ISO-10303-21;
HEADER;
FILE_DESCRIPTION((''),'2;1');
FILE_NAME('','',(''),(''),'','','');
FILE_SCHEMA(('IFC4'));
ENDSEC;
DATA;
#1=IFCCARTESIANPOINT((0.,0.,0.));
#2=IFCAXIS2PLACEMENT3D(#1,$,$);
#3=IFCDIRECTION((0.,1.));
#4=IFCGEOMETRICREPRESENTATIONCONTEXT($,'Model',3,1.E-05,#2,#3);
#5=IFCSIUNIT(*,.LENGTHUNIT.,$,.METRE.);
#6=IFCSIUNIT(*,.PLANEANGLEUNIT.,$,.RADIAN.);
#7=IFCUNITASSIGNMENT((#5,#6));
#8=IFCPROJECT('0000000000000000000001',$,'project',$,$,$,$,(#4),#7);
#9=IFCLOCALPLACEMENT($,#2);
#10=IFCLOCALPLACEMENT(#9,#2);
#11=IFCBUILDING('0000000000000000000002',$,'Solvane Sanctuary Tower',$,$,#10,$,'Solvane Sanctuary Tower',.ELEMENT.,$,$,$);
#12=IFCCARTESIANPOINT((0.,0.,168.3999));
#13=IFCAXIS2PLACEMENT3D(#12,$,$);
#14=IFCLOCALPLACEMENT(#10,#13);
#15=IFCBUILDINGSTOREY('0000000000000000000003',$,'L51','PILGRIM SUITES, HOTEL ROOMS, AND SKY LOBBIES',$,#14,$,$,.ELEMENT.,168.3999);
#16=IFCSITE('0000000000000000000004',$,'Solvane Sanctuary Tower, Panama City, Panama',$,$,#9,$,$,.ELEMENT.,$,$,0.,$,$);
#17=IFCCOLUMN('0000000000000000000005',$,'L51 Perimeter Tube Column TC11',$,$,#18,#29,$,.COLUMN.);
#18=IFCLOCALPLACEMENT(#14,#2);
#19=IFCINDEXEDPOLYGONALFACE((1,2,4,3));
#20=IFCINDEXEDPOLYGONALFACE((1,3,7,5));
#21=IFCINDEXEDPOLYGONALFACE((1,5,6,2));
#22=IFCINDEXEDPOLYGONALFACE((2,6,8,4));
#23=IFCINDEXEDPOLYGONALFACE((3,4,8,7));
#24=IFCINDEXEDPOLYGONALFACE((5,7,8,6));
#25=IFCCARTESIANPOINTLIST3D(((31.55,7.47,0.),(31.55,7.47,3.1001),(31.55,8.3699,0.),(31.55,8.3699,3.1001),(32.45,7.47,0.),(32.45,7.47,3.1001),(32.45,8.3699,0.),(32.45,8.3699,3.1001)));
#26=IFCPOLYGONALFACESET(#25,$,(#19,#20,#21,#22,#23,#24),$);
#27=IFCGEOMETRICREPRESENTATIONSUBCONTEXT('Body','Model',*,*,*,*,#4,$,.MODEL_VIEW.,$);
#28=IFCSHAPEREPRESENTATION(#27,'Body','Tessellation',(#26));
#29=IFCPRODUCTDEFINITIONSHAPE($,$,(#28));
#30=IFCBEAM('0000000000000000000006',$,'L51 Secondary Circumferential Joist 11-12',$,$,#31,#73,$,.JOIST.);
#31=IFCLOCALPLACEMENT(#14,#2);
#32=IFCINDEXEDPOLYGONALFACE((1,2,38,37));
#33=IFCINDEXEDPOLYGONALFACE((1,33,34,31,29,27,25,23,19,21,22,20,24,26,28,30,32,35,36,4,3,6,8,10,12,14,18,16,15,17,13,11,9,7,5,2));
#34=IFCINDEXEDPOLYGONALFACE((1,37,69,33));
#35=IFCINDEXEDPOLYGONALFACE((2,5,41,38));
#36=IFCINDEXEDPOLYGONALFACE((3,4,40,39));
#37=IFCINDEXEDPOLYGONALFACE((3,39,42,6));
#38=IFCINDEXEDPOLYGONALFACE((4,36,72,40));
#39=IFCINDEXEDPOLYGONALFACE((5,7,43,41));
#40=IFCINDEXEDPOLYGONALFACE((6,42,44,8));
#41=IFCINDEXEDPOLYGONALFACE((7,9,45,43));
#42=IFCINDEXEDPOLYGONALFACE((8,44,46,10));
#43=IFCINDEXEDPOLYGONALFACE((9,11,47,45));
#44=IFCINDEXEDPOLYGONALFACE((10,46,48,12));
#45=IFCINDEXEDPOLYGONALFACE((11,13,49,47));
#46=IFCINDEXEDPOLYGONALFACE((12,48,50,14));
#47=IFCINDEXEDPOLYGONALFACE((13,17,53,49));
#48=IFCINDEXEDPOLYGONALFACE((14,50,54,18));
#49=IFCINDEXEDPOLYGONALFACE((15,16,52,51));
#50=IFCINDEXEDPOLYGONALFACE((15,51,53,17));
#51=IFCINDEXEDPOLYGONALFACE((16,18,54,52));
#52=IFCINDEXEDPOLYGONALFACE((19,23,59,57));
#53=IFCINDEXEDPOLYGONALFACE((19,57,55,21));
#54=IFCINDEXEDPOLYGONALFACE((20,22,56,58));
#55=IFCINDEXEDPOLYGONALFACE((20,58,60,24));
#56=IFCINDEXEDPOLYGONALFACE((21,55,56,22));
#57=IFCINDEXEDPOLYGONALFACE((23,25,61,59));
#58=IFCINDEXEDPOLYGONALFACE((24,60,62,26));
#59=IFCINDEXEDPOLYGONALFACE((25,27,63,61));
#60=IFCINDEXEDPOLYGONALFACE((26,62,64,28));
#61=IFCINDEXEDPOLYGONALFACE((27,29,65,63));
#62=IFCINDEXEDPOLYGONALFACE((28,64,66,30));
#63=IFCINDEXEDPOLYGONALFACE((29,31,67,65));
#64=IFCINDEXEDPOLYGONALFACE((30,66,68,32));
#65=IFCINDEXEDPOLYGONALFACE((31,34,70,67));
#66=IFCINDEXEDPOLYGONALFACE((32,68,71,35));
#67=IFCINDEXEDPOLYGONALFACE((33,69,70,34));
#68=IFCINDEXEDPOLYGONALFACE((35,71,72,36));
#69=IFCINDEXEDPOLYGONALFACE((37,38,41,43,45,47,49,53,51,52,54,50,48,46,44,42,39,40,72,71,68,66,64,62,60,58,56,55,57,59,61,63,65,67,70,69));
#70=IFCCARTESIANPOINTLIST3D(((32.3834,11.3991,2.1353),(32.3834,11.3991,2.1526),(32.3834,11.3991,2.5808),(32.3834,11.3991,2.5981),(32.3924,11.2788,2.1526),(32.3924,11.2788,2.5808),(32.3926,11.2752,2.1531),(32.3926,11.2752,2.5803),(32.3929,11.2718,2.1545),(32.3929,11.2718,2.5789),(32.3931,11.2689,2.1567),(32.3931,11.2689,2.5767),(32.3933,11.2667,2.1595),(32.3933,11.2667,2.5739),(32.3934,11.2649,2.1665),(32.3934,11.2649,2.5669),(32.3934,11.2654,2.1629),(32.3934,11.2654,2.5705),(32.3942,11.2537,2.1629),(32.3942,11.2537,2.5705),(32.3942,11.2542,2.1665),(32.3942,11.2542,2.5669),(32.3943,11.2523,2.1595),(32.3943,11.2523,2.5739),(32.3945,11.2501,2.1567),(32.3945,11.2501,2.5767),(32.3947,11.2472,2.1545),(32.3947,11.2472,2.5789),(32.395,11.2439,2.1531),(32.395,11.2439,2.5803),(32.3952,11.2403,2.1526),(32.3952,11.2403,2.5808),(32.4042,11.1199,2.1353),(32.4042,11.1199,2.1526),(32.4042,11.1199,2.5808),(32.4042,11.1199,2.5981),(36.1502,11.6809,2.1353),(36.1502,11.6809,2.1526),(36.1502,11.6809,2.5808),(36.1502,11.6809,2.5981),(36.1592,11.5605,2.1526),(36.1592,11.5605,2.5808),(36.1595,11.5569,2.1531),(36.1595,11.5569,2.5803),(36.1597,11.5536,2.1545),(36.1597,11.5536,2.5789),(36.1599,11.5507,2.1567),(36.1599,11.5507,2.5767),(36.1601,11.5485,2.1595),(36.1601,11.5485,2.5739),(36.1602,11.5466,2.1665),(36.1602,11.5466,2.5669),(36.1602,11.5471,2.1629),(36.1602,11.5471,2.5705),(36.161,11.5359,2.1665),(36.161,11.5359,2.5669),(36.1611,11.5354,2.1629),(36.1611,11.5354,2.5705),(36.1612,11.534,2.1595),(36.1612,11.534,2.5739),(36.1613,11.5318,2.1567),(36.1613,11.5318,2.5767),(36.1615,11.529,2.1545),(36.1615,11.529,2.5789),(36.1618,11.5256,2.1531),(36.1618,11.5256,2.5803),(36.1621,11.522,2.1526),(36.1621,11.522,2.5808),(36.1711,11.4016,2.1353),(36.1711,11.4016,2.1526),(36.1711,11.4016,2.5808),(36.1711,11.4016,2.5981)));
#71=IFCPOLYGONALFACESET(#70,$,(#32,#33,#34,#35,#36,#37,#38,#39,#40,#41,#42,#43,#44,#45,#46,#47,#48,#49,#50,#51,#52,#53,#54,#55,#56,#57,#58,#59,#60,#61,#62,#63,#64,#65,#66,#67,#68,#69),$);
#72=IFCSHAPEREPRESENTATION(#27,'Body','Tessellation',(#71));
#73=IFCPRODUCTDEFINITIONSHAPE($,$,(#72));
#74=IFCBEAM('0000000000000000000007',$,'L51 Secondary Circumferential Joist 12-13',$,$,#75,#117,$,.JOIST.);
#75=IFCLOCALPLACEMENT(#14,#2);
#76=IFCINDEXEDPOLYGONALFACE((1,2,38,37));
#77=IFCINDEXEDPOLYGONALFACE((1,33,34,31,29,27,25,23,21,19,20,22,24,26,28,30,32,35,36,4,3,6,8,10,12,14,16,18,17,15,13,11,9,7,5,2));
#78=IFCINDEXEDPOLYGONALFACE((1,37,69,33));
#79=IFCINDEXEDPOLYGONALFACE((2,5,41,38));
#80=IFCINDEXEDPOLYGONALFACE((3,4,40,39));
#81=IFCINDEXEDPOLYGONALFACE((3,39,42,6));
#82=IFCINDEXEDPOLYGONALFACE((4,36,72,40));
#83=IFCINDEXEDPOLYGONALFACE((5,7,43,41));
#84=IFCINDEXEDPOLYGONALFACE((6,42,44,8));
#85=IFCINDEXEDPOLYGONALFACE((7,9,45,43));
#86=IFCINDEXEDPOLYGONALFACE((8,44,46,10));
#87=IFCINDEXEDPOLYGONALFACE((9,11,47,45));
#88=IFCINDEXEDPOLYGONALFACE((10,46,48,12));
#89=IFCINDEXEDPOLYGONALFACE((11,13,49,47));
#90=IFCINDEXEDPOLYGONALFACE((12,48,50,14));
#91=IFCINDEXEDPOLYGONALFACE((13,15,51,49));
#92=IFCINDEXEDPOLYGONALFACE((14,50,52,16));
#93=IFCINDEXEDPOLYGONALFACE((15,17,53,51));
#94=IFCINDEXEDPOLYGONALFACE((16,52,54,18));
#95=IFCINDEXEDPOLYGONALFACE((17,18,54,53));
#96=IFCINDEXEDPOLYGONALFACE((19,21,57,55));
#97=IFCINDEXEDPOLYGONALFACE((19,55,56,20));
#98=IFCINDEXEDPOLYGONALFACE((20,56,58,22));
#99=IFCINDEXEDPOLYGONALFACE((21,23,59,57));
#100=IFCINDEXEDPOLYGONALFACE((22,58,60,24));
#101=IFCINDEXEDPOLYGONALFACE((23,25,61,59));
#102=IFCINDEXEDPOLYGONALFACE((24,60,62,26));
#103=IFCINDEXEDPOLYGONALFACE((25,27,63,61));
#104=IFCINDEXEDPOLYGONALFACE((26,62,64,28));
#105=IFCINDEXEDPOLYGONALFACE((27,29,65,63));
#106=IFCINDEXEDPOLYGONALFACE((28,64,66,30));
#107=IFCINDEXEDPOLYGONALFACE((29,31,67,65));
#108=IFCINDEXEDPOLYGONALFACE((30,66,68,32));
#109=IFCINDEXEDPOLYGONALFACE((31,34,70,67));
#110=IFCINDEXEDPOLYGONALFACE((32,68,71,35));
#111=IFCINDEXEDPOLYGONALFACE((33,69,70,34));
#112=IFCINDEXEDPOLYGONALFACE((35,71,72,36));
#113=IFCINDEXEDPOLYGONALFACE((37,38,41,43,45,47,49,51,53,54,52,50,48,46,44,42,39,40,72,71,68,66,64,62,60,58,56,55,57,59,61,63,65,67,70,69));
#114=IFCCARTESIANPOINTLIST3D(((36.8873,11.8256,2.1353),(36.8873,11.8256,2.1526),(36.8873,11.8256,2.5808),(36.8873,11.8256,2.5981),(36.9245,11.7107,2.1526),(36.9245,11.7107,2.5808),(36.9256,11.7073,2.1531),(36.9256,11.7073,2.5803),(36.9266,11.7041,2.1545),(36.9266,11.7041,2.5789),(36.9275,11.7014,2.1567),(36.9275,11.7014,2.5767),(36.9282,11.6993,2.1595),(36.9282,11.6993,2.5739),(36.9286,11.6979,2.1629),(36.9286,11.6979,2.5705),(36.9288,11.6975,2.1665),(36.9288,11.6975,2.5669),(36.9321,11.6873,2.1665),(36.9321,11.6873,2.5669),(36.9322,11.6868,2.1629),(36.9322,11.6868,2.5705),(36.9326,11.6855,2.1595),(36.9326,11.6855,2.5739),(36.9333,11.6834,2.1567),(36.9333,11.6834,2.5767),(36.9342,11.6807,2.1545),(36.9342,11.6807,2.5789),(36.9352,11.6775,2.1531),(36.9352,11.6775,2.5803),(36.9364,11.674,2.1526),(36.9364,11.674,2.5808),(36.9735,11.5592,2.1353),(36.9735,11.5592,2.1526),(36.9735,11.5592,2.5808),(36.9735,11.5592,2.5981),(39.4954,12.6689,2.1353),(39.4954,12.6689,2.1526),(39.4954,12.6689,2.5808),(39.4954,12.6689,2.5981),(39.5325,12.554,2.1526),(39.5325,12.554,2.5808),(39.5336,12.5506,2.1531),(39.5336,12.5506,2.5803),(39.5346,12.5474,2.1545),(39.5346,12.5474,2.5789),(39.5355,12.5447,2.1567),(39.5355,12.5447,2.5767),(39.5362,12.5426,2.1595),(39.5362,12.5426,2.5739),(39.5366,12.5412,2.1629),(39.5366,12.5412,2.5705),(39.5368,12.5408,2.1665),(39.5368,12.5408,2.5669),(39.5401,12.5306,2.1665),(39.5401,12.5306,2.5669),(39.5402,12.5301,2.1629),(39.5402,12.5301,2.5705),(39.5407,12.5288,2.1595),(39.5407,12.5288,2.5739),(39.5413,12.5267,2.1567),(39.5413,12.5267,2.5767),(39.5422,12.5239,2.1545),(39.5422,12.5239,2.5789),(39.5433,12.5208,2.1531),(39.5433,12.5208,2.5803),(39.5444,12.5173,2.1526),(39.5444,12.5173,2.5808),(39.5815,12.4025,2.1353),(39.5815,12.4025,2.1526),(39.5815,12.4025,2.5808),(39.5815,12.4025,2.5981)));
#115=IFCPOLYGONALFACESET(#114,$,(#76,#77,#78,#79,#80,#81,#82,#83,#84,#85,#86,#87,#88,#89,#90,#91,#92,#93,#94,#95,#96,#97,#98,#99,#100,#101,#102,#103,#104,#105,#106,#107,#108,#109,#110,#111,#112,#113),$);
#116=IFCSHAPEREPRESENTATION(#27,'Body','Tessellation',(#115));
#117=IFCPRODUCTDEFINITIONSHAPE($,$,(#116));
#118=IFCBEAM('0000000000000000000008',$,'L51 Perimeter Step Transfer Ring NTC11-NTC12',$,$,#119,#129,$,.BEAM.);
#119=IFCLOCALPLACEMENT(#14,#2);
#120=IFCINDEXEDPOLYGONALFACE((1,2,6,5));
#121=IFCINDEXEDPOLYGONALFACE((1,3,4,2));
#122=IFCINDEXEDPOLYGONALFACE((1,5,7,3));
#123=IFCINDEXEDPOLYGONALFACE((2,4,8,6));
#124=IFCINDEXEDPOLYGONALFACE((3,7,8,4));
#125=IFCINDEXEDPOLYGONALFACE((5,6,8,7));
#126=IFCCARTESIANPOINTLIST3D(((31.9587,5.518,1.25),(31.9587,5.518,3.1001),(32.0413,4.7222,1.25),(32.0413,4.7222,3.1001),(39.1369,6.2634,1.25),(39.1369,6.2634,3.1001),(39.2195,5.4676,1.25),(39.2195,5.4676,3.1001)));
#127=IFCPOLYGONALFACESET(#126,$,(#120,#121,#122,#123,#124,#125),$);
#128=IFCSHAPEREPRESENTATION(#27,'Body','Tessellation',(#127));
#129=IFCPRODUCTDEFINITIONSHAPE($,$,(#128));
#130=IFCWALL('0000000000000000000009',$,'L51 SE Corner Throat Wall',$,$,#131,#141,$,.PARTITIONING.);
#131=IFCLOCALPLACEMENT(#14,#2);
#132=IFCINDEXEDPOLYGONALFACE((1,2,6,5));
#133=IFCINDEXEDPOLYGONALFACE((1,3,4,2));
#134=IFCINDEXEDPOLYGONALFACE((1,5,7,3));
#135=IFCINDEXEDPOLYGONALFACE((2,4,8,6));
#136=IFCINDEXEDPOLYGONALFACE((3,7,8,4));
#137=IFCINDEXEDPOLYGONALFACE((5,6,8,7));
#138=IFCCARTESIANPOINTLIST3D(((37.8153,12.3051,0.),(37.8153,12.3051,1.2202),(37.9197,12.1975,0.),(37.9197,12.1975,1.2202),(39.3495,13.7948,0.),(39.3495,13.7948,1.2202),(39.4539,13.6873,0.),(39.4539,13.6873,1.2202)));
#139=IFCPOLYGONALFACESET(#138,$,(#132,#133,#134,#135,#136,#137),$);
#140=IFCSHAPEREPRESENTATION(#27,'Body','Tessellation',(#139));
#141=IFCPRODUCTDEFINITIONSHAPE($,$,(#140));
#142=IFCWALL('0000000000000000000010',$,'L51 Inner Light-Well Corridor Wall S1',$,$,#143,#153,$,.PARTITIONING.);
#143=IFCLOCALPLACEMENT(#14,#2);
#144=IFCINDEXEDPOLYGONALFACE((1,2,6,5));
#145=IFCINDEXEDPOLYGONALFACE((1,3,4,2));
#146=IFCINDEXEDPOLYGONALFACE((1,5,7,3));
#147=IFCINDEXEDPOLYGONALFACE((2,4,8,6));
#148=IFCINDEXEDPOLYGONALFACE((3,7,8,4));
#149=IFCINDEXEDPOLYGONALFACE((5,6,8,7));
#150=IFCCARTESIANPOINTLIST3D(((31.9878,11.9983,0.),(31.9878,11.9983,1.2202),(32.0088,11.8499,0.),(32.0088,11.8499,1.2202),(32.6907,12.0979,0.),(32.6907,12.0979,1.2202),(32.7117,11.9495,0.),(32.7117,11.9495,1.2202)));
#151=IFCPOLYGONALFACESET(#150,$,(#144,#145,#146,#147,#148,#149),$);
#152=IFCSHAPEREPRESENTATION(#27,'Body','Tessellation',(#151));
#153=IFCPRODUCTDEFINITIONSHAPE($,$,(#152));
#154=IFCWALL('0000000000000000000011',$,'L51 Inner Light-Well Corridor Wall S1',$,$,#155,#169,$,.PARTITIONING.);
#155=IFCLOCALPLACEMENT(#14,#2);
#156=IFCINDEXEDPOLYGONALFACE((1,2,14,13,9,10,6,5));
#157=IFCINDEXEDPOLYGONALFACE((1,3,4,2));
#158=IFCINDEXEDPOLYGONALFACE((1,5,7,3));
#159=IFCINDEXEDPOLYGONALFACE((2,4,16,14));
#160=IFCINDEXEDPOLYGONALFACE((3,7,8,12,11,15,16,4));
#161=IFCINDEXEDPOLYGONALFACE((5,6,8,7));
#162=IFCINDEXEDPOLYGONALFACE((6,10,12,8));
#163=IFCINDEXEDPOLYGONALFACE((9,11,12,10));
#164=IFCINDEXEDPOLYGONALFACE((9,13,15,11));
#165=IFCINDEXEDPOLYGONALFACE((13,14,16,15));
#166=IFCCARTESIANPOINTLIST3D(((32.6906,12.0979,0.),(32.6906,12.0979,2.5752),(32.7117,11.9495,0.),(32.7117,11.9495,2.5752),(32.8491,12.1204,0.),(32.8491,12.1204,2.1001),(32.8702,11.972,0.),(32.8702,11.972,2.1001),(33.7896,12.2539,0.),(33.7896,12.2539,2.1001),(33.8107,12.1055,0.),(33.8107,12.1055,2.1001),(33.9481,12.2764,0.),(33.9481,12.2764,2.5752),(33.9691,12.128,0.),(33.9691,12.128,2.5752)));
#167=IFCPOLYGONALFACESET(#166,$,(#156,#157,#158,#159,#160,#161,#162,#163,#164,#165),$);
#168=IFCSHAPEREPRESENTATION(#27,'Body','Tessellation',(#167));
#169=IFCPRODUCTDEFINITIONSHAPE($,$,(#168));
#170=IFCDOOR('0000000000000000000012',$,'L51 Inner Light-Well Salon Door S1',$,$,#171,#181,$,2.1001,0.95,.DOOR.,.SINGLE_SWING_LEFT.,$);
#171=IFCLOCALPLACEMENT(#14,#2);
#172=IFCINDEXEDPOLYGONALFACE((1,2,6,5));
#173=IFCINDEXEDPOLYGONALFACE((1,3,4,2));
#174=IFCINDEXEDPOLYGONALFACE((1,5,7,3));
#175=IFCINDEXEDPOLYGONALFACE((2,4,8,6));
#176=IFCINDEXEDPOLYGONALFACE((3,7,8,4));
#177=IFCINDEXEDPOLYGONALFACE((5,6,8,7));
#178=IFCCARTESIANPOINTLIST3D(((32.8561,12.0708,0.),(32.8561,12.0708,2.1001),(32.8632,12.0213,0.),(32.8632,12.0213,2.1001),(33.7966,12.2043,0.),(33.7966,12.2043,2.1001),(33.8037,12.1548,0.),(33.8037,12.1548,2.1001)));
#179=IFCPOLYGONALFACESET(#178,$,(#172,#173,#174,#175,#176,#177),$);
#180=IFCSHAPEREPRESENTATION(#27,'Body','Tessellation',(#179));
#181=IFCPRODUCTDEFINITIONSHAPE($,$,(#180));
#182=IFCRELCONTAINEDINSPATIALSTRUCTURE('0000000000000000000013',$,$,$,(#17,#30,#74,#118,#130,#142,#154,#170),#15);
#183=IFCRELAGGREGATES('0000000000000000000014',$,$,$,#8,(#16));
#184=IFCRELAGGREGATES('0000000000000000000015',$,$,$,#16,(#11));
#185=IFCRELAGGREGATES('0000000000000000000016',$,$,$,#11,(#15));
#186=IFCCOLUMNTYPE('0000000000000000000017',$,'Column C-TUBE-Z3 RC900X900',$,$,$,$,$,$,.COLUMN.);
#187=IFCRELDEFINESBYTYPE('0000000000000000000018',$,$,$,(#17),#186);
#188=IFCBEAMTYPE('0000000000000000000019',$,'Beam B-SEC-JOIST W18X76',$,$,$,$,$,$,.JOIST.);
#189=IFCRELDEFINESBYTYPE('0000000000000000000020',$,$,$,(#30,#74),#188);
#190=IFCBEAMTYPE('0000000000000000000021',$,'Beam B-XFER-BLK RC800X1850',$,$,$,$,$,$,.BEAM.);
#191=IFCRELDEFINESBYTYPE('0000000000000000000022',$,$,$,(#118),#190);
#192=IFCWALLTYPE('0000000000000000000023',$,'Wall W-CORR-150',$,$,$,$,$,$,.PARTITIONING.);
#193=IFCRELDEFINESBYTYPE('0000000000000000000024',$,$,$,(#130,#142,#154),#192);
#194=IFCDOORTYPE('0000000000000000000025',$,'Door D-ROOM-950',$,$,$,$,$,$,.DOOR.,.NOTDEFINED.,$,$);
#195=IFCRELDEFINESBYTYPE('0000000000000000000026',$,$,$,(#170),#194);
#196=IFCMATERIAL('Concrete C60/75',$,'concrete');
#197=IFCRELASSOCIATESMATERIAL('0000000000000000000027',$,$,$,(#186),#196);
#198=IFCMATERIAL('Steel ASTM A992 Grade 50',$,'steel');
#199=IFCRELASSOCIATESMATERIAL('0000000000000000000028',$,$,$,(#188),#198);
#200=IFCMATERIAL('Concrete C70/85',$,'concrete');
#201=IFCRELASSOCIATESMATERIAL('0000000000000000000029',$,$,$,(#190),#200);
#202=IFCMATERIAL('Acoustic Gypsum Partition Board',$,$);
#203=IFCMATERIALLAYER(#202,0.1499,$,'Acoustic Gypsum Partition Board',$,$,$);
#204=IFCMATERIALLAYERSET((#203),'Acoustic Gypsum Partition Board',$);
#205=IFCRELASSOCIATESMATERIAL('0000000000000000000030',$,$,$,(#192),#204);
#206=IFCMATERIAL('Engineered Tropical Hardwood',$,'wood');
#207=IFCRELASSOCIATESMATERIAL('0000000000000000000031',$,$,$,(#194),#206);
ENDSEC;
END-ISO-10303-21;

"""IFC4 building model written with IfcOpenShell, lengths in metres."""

from ifc_helpers import new_model, si_unit, direction, frame, frame_2d, origin, origin_2d, place, context, subcontext, project, spatial, rectangle, i_section, extrude, material, layer, layer_set, material_profile, profile_set, type_object, element, fill, save


model = new_model("IFC4")

# Units and contexts
model_context = context("Model", 3, precision=1e-05, world=origin(), true_north=direction((0.0, 1.0)))
body_context = subcontext(model_context, "Body", "Model", "MODEL_VIEW")
ifc_project = project(units=[si_unit("LENGTHUNIT", "METRE"), si_unit("PLANEANGLEUNIT", "RADIAN")], contexts=[model_context])

# Site, building, storey
site_placement = place(None, origin())
site = spatial("IfcSite", under=ifc_project, at=site_placement, Name="Solvane Sanctuary Tower, Panama City, Panama", CompositionType="ELEMENT", RefElevation=0.0)
building_placement = place(site_placement, origin())
building = spatial("IfcBuilding", under=site, at=building_placement, Name="Solvane Sanctuary Tower", LongName="Solvane Sanctuary Tower", CompositionType="ELEMENT")
storey_placement = place(building_placement, frame((0.0, 0.0, 168.3999)))
storey = spatial("IfcBuildingStorey", under=building, at=storey_placement, Name="L51", Description="PILGRIM SUITES, HOTEL ROOMS, AND SKY LOBBIES", CompositionType="ELEMENT", Elevation=168.3999)

# Column
ifc_material_1 = material(Name="Concrete C60/75", Category="concrete")
ifc_material_profile_1 = material_profile(ifc_material_1, rectangle(XDim=0.8999, YDim=0.8999, at=origin_2d()), Name="RC900X900")
ifc_profile_set_1 = profile_set([ifc_material_profile_1], Name="Concrete C60/75")
column_type = type_object("IfcColumnType", Name="Column C-TUBE-Z3 RC900X900", PredefinedType="COLUMN", material=ifc_profile_set_1)
column_placement = place(storey_placement, frame((32.0, 7.9199, 0.0), z_axis=(0.0, 0.0, 1.0), x_axis=(0.0, -1.0, 0.0)))
element("IfcColumn", 1, at=column_placement, inside=storey, type_object=column_type, Name="L51 Perimeter Tube Column TC11", PredefinedType="COLUMN", context=body_context, shape_type="SweptSolid", body=[
    extrude(rectangle(XDim=0.8999, YDim=0.8999, at=origin_2d()), origin(), (0.0, 0.0, 1.0), 3.1001),
])

# Beams
ifc_material_2 = material(Name="Steel ASTM A992 Grade 50", Category="steel")
ifc_material_profile_2 = material_profile(ifc_material_2, i_section(OverallWidth=0.28, OverallDepth=0.4629, WebThickness=0.0107, FlangeThickness=0.0173, FilletRadius=0.0139, at=origin_2d()), Name="W18X76")
ifc_profile_set_2 = profile_set([ifc_material_profile_2], Name="Steel ASTM A992 Grade 50")
beam_type_1 = type_object("IfcBeamType", Name="Beam B-SEC-JOIST W18X76", PredefinedType="JOIST", material=ifc_profile_set_2)
beam_1_placement = place(storey_placement, frame((32.3938, 11.2595, 2.3667), z_axis=(0.997215, 0.074586, 0.0), x_axis=(-0.074586, 0.997215, 0.0)))
element("IfcBeam", 2, at=beam_1_placement, inside=storey, type_object=beam_type_1, Name="L51 Secondary Circumferential Joist 11-12", PredefinedType="JOIST", context=body_context, shape_type="SweptSolid", body=[
    extrude(i_section(OverallWidth=0.28, OverallDepth=0.4629, WebThickness=0.0107, FlangeThickness=0.0173, FilletRadius=0.0139, at=origin_2d()), origin(), (0.0, 0.0, 1.0), 3.7773),
])
beam_2_placement = place(storey_placement, frame((36.9304, 11.6924, 2.3667), z_axis=(0.951495, 0.307664, 0.0), x_axis=(-0.307664, 0.951495, 0.0)))
element("IfcBeam", 3, at=beam_2_placement, inside=storey, type_object=beam_type_1, Name="L51 Secondary Circumferential Joist 12-13", PredefinedType="JOIST", context=body_context, shape_type="SweptSolid", body=[
    extrude(i_section(OverallWidth=0.28, OverallDepth=0.4629, WebThickness=0.0107, FlangeThickness=0.0173, FilletRadius=0.0139, at=origin_2d()), origin(), (0.0, 0.0, 1.0), 2.741),
])
ifc_material_3 = material(Name="Concrete C70/85", Category="concrete")
ifc_material_profile_3 = material_profile(ifc_material_3, rectangle(XDim=0.8, YDim=1.8501, at=origin_2d()), Name="RC800X1850")
ifc_profile_set_3 = profile_set([ifc_material_profile_3], Name="Concrete C70/85")
beam_type_2 = type_object("IfcBeamType", Name="Beam B-XFER-BLK RC800X1850", PredefinedType="BEAM", material=ifc_profile_set_3)
beam_3_placement = place(storey_placement, frame((32.0, 5.1201, 2.175), z_axis=(0.994652, 0.103281, 0.0), x_axis=(-0.103281, 0.994652, 0.0)))
element("IfcBeam", 4, at=beam_3_placement, inside=storey, type_object=beam_type_2, Name="L51 Perimeter Step Transfer Ring NTC11-NTC12", PredefinedType="BEAM", context=body_context, shape_type="SweptSolid", body=[
    extrude(rectangle(XDim=0.8, YDim=1.8501, at=origin_2d()), origin(), (0.0, 0.0, 1.0), 7.2168),
])

# Walls
ifc_material_4 = material(Name="Acoustic Gypsum Partition Board")
ifc_layer_1 = layer(ifc_material_4, 0.1499, Name="Acoustic Gypsum Partition Board")
ifc_layer_set_1 = layer_set([ifc_layer_1], Name="Acoustic Gypsum Partition Board")
wall_type_1 = type_object("IfcWallType", Name="Wall W-CORR-150", PredefinedType="PARTITIONING", material=ifc_layer_set_1)
wall_1_placement = place(storey_placement, frame((37.8674, 12.2512, 0.0), z_axis=(0.0, 0.0, 1.0), x_axis=(0.71742, 0.696641, 0.0)))
element("IfcWall", 5, at=wall_1_placement, inside=storey, type_object=wall_type_1, Name="L51 SE Corner Throat Wall", PredefinedType="PARTITIONING", context=body_context, shape_type="SweptSolid", body=[
    extrude(rectangle(XDim=2.1384, YDim=0.1499, at=frame_2d((1.0693, 0.0))), origin(), (0.0, 0.0, 1.0), 1.2202),
])
wall_2_placement = place(storey_placement, frame((31.9983, 11.9241, 0.0), z_axis=(0.0, 0.0, 1.0), x_axis=(0.990107, 0.140314, 0.0)))
element("IfcWall", 6, at=wall_2_placement, inside=storey, type_object=wall_type_1, Name="L51 Inner Light-Well Corridor Wall S1", PredefinedType="PARTITIONING", context=body_context, shape_type="SweptSolid", body=[
    extrude(rectangle(XDim=0.71, YDim=0.1499, at=frame_2d((0.355, 0.0))), origin(), (0.0, 0.0, 1.0), 1.2202),
])

# Wall, opening, door
wall_3_placement = place(storey_placement, frame((32.7012, 12.0237, 0.0), z_axis=(0.0, 0.0, 1.0), x_axis=(0.990076, 0.140533, 0.0)))
wall_3 = element("IfcWall", 7, at=wall_3_placement, inside=storey, type_object=wall_type_1, Name="L51 Inner Light-Well Corridor Wall S1", PredefinedType="PARTITIONING", context=body_context, shape_type="SweptSolid", body=[
    extrude(rectangle(XDim=1.27, YDim=0.1499, at=frame_2d((0.635, 0.0))), origin(), (0.0, 0.0, 1.0), 2.5752),
])
opening_1_placement = place(wall_3_placement, frame((0.1599, 0.0, 0.0)))
opening_1 = element("IfcOpeningElement", 8, at=opening_1_placement, cuts=wall_3, PredefinedType="OPENING", context=body_context, shape_type="SweptSolid", body=[
    extrude(rectangle(XDim=0.95, YDim=2.1001, at=frame_2d((0.4751, 1.05))), frame((0.0, 0.085, 0.0), z_axis=(0.0, -1.0, 0.0), x_axis=(1.0, 0.0, 0.0)), (0.0, 0.0, 1.0), 0.1699),
])
ifc_material_5 = material(Name="Engineered Tropical Hardwood", Category="wood")
door_type_1 = type_object("IfcDoorType", Name="Door D-ROOM-950", OperationType="NOTDEFINED", PredefinedType="DOOR", material=ifc_material_5)
door_1_placement = place(opening_1_placement, origin())
door_1 = element("IfcDoor", 9, at=door_1_placement, inside=storey, type_object=door_type_1, Name="L51 Inner Light-Well Salon Door S1", OperationType="SINGLE_SWING_LEFT", OverallHeight=2.1001, OverallWidth=0.95, PredefinedType="DOOR", context=body_context, shape_type="SweptSolid", body=[
    extrude(rectangle(XDim=0.95, YDim=2.1001, at=frame_2d((0.4751, 1.05))), frame((0.0, 0.0249, 0.0), z_axis=(0.0, -1.0, 0.0), x_axis=(1.0, 0.0, 0.0)), (0.0, 0.0, 1.0), 0.05),
])
fill(opening_1, door_1)

save(model, "model.ifc")
